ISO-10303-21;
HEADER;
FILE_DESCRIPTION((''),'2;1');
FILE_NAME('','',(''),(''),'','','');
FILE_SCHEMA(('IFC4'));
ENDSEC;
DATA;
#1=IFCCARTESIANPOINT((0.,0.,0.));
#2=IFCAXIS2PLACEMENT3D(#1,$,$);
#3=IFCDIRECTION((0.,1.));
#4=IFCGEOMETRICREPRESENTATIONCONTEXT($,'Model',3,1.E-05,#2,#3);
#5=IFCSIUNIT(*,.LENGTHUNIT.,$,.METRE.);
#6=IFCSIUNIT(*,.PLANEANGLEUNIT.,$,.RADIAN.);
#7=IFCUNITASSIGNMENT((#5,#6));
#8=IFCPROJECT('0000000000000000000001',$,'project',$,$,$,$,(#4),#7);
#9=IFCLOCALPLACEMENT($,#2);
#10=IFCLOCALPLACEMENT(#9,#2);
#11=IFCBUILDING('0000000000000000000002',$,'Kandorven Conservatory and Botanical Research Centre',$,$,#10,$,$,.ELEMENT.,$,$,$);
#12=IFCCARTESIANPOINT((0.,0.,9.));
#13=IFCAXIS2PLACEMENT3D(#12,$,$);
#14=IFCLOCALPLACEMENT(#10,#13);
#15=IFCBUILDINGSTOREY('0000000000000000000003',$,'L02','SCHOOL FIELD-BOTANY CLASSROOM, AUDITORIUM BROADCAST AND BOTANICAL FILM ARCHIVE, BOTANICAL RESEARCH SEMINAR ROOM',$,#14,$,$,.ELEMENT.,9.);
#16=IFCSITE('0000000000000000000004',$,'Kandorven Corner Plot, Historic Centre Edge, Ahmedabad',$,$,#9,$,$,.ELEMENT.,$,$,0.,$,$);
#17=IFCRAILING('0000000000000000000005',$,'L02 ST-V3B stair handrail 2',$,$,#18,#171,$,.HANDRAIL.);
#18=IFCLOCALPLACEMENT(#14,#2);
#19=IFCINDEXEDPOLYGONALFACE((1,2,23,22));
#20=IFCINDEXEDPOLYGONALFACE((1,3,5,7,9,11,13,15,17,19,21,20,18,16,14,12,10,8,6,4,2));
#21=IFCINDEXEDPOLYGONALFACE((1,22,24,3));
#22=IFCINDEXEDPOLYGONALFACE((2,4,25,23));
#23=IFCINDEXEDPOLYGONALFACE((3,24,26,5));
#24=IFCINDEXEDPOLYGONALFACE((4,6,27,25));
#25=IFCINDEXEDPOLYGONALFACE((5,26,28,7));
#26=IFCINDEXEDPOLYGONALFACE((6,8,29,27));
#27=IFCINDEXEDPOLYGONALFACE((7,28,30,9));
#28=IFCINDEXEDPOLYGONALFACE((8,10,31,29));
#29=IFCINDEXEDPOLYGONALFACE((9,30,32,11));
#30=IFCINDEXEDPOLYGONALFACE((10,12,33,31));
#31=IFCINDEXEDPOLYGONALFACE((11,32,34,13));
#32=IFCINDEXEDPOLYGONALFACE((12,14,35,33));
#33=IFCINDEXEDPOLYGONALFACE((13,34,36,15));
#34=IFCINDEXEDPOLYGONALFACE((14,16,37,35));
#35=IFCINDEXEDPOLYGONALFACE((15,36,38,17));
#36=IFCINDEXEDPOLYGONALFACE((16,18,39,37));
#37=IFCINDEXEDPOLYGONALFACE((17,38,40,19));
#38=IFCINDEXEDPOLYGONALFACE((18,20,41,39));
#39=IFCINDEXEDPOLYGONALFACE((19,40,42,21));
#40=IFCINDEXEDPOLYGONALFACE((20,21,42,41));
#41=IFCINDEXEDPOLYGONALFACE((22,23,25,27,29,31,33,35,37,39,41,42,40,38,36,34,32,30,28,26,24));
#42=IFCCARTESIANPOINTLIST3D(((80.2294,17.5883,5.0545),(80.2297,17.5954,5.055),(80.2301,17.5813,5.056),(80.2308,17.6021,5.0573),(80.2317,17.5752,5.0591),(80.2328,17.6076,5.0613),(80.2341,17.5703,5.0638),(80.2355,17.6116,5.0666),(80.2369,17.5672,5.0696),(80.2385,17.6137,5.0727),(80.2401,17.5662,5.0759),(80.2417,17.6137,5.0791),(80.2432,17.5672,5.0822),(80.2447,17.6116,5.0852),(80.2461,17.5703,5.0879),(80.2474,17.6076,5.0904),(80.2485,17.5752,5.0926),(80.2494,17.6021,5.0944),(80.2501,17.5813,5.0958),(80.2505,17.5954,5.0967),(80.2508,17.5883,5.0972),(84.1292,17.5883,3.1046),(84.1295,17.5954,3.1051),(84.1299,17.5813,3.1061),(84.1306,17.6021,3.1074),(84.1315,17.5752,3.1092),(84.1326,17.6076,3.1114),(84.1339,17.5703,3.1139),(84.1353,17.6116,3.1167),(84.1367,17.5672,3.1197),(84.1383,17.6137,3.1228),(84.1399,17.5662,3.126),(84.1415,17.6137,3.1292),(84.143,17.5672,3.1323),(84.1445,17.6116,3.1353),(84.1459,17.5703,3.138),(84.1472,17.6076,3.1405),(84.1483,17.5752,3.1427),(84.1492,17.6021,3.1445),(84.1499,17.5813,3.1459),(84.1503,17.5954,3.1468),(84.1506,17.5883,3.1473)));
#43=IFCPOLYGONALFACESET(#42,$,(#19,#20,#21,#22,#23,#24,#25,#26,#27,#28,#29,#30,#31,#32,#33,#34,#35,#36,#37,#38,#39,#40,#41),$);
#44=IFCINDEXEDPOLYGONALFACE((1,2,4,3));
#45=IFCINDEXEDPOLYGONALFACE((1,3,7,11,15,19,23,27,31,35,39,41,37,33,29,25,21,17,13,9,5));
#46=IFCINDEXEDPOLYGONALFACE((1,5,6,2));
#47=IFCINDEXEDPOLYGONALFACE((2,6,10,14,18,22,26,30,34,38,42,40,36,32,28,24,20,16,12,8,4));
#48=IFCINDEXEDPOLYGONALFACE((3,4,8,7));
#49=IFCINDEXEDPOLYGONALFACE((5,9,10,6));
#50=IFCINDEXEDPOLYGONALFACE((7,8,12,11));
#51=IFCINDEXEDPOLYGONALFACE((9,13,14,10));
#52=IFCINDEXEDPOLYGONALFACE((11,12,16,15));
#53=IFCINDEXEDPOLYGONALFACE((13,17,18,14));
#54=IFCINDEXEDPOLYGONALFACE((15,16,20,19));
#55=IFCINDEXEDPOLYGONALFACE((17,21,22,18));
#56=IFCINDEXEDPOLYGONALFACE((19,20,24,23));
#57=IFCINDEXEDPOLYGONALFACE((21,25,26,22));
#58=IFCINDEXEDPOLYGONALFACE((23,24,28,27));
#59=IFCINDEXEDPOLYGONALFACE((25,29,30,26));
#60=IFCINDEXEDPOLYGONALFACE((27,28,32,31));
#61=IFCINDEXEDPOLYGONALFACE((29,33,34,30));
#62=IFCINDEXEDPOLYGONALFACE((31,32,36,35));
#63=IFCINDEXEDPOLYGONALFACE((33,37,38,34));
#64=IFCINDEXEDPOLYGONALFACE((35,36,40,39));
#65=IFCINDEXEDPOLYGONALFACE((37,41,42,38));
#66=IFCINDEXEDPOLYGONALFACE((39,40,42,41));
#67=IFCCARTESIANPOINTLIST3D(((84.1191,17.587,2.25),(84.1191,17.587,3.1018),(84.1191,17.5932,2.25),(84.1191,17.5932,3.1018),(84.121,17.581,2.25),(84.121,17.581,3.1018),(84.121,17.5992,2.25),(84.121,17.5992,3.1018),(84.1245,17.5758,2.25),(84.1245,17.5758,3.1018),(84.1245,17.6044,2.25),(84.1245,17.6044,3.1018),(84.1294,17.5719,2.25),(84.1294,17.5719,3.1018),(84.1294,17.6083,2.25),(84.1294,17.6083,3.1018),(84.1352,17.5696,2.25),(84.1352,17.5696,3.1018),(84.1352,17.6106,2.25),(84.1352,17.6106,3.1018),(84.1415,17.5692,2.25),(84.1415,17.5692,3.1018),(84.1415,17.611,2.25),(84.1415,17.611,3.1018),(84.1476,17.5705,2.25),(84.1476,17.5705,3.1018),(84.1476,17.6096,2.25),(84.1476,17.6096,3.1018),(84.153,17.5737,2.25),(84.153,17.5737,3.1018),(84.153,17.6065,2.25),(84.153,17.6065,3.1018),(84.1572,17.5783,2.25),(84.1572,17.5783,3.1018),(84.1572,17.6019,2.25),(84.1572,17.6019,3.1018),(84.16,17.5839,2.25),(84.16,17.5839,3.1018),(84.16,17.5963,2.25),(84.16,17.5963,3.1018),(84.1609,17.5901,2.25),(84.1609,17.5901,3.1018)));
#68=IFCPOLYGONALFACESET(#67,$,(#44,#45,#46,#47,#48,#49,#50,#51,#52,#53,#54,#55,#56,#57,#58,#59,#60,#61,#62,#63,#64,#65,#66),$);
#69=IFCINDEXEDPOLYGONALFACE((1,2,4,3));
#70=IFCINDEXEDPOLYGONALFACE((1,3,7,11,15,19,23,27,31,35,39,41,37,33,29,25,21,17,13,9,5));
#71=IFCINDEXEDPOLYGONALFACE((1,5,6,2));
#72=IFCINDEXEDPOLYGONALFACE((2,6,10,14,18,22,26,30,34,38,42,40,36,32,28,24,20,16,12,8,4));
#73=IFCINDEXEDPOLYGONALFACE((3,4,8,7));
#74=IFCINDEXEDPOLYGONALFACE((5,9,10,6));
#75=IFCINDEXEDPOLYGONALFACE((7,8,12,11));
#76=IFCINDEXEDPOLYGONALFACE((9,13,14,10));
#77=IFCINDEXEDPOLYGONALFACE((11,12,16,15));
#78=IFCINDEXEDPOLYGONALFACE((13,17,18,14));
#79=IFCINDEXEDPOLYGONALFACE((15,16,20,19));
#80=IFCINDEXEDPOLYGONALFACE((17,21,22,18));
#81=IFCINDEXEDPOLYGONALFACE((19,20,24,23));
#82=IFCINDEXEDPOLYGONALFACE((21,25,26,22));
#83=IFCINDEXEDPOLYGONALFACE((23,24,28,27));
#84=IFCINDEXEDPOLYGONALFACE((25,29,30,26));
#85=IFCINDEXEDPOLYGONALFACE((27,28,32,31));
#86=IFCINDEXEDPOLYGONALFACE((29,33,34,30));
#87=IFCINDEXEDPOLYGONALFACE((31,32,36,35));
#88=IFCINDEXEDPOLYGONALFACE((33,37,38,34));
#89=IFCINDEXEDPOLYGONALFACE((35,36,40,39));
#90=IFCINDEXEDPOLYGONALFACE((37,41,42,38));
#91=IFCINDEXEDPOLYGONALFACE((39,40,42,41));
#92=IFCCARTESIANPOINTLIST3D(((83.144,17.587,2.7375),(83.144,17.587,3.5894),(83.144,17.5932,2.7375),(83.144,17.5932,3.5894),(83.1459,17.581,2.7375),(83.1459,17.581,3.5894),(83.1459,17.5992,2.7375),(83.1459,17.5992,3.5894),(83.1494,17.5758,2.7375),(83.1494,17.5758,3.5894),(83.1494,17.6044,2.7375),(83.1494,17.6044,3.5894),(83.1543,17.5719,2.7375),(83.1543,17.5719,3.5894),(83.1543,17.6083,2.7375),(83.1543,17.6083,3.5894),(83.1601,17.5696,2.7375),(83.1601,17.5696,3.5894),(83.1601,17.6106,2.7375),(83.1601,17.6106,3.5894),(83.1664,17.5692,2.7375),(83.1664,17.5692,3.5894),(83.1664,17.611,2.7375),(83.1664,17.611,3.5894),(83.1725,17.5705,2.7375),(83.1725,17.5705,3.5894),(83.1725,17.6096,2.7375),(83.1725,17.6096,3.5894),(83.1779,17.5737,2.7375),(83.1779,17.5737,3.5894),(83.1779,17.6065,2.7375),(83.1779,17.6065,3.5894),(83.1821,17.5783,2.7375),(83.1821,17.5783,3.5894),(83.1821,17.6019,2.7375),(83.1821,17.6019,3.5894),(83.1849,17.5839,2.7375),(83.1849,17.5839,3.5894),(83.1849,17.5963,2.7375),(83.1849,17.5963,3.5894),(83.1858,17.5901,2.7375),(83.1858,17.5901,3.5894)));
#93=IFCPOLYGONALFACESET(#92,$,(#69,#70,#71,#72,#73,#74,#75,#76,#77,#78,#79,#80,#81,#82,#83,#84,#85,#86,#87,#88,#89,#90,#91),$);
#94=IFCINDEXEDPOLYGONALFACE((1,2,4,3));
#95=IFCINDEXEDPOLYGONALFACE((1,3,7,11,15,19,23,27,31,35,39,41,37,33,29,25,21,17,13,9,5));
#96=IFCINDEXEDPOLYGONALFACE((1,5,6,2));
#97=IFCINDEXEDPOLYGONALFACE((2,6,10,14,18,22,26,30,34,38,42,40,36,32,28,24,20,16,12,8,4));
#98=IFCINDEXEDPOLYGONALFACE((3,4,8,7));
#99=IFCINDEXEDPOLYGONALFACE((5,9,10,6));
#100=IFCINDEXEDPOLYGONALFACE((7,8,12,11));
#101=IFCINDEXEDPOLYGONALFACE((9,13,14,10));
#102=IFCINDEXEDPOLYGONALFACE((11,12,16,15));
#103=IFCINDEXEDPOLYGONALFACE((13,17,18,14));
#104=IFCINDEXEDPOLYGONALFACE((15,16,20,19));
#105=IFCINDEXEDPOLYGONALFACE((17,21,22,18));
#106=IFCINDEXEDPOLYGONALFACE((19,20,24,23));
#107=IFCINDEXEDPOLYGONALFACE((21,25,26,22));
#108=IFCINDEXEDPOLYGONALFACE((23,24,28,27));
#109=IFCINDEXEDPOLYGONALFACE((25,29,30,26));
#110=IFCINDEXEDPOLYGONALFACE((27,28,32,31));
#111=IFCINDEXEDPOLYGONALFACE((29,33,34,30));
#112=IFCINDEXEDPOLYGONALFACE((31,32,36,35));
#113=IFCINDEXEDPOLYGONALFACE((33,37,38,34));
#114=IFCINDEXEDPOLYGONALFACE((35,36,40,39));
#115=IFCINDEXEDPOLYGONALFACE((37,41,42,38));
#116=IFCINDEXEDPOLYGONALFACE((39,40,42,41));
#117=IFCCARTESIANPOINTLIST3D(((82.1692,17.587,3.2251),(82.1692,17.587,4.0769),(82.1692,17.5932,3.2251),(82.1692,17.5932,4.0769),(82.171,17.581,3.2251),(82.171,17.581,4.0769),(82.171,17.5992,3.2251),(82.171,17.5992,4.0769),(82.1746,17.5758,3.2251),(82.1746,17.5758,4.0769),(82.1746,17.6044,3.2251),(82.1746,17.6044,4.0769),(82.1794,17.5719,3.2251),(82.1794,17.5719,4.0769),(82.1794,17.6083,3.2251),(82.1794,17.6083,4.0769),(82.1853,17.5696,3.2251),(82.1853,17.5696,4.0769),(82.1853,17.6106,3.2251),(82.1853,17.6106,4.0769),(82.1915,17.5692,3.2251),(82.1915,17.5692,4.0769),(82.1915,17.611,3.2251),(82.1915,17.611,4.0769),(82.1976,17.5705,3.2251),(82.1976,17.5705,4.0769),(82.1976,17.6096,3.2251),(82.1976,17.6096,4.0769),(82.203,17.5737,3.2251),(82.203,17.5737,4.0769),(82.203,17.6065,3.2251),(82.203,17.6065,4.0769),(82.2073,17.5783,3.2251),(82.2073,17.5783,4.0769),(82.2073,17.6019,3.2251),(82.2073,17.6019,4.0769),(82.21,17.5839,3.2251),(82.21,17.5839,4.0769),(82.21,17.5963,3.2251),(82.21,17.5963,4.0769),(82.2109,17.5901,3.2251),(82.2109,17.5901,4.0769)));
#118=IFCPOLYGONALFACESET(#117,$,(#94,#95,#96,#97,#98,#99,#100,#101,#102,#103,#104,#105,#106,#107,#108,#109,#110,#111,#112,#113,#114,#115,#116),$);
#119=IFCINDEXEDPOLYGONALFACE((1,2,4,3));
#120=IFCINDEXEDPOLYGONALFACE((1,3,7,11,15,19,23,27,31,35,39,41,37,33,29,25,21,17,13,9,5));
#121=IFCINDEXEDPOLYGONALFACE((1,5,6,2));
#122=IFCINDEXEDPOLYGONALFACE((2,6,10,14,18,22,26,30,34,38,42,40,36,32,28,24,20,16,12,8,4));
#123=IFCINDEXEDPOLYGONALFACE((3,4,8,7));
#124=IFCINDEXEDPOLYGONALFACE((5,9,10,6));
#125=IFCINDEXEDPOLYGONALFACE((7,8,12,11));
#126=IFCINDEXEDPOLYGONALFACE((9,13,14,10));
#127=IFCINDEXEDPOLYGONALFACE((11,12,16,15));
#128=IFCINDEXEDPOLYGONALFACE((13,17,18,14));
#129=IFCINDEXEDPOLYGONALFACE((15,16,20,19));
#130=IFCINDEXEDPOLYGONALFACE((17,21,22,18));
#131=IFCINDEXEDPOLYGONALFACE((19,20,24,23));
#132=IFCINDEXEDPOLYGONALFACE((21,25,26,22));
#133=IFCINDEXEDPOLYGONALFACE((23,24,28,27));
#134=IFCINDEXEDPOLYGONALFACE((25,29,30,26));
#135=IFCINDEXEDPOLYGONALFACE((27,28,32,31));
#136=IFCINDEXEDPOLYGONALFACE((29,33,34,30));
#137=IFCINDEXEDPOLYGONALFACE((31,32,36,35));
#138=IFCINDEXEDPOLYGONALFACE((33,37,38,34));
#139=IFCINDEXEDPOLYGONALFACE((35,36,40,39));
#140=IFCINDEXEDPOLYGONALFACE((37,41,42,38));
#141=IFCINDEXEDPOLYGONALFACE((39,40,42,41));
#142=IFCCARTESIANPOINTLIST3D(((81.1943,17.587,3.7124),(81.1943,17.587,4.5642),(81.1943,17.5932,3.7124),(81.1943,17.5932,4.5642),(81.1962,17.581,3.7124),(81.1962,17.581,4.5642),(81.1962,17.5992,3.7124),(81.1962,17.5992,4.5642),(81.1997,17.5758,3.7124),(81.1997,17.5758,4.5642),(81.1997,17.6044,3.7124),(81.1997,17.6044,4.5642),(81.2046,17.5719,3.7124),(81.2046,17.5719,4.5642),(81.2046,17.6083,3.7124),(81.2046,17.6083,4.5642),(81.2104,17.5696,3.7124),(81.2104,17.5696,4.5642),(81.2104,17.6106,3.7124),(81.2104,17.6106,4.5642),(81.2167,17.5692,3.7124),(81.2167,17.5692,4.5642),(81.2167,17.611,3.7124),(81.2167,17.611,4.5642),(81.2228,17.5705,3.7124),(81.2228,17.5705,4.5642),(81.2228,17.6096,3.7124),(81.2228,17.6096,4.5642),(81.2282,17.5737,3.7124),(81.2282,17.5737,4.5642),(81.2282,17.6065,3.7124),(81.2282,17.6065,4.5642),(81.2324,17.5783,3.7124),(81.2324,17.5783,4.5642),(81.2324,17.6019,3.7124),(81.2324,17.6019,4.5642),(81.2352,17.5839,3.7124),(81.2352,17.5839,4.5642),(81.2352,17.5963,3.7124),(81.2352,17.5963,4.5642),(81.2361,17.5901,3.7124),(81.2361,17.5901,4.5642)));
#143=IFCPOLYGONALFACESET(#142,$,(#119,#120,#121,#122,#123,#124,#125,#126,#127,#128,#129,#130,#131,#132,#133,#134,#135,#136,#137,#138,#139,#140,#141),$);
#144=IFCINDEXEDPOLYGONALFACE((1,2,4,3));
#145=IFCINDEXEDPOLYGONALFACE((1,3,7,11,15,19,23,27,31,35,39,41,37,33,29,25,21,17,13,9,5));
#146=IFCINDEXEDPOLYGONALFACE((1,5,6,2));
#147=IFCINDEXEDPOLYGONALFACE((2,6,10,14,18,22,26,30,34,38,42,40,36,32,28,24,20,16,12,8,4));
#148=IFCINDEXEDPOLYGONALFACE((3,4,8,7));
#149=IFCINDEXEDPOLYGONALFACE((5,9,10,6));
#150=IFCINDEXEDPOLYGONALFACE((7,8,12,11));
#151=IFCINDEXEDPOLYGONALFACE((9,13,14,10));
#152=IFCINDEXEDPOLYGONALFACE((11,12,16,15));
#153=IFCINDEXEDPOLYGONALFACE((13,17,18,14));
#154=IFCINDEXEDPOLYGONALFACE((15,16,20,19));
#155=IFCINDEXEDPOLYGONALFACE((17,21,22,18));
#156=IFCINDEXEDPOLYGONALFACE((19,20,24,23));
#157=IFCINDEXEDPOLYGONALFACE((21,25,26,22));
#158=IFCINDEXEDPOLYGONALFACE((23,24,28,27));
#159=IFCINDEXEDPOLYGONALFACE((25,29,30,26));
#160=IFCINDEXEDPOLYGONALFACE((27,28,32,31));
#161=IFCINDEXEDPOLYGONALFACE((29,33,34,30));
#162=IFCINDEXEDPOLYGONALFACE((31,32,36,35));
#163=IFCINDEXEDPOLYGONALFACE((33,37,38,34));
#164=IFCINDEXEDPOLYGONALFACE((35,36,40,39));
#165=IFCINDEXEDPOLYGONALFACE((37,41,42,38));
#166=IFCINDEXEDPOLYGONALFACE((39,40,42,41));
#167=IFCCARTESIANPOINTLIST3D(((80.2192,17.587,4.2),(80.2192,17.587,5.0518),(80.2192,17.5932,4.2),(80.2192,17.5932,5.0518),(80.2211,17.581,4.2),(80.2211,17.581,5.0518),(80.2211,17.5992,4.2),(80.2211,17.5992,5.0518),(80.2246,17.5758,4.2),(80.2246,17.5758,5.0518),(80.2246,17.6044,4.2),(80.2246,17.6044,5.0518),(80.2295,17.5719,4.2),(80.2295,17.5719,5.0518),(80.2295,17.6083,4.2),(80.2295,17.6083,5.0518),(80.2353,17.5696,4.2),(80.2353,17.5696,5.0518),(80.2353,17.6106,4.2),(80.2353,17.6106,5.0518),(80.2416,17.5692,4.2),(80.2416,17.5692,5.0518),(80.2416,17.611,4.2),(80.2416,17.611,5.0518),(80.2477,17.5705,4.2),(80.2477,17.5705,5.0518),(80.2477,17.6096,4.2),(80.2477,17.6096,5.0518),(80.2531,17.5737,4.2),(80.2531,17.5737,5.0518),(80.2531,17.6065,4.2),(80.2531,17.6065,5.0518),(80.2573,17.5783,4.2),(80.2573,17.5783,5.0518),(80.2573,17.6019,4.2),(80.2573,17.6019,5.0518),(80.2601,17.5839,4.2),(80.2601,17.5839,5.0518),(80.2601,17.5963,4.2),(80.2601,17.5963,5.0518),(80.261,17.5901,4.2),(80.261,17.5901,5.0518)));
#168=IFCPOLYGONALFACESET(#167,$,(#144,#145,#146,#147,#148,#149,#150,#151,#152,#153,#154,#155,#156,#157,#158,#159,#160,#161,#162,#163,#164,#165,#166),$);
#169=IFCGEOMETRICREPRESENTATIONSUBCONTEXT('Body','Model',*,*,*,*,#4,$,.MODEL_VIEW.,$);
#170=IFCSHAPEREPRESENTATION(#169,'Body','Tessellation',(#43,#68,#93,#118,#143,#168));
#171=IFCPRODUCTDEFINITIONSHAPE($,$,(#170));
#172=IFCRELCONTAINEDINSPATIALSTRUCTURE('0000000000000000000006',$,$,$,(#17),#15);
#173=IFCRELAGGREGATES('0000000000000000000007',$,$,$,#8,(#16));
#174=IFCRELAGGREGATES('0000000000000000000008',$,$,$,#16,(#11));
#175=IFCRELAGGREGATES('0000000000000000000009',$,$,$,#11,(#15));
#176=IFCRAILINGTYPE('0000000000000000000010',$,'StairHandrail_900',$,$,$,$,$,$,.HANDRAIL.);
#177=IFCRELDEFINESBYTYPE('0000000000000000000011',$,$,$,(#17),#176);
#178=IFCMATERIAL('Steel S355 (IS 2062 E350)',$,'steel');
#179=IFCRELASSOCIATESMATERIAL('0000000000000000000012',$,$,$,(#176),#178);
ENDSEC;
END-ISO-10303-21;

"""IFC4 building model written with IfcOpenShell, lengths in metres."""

from ifc_helpers import new_model, si_unit, direction, frame, origin, origin_2d, place, context, subcontext, project, spatial, circle, extrude, material, type_object, element, save


model = new_model("IFC4")

# Units and contexts
model_context = context("Model", 3, precision=1e-05, world=origin(), true_north=direction((0.0, 1.0)))
body_context = subcontext(model_context, "Body", "Model", "MODEL_VIEW")
ifc_project = project(units=[si_unit("LENGTHUNIT", "METRE"), si_unit("PLANEANGLEUNIT", "RADIAN")], contexts=[model_context])

# Site, building, storey
site_placement = place(None, origin())
site = spatial("IfcSite", under=ifc_project, at=site_placement, Name="Kandorven Corner Plot, Historic Centre Edge, Ahmedabad", CompositionType="ELEMENT", RefElevation=0.0)
building_placement = place(site_placement, origin())
building = spatial("IfcBuilding", under=site, at=building_placement, Name="Kandorven Conservatory and Botanical Research Centre", CompositionType="ELEMENT")
storey_placement = place(building_placement, frame((0.0, 0.0, 9.0)))
storey = spatial("IfcBuildingStorey", under=building, at=storey_placement, Name="L02", Description="SCHOOL FIELD-BOTANY CLASSROOM, AUDITORIUM BROADCAST AND BOTANICAL FILM ARCHIVE, BOTANICAL RESEARCH SEMINAR ROOM", CompositionType="ELEMENT", Elevation=9.0)

# Railing
ifc_material_1 = material(Name="Steel S355 (IS 2062 E350)", Category="steel")
railing_type_1 = type_object("IfcRailingType", Name="StairHandrail_900", PredefinedType="HANDRAIL", material=ifc_material_1)
railing_1_placement = place(storey_placement, frame((84.1399, 17.5901, 2.25)))
element("IfcRailing", 1, at=railing_1_placement, inside=storey, type_object=railing_type_1, Name="L02 ST-V3B stair handrail 2", PredefinedType="HANDRAIL", context=body_context, shape_type="SweptSolid", body=[
    extrude(circle(Radius=0.0239, at=origin_2d()), frame((0.0, 0.0, 0.876), z_axis=(-0.894427, 0.0, 0.447214), x_axis=(0.0, -1.0, 0.0)), (0.0, 0.0, 1.0), 4.3601),
    extrude(circle(Radius=0.021, at=origin_2d()), origin(), (0.0, 0.0, 1.0), 0.8518),
    extrude(circle(Radius=0.021, at=origin_2d()), frame((-0.9751, 0.0, 0.4875)), (0.0, 0.0, 1.0), 0.8518),
    extrude(circle(Radius=0.021, at=origin_2d()), frame((-1.95, 0.0, 0.9751)), (0.0, 0.0, 1.0), 0.8518),
    extrude(circle(Radius=0.021, at=origin_2d()), frame((-2.9248, 0.0, 1.4624)), (0.0, 0.0, 1.0), 0.8518),
    extrude(circle(Radius=0.021, at=origin_2d()), frame((-3.8999, 0.0, 1.95)), (0.0, 0.0, 1.0), 0.8518),
])

save(model, "model.ifc")
